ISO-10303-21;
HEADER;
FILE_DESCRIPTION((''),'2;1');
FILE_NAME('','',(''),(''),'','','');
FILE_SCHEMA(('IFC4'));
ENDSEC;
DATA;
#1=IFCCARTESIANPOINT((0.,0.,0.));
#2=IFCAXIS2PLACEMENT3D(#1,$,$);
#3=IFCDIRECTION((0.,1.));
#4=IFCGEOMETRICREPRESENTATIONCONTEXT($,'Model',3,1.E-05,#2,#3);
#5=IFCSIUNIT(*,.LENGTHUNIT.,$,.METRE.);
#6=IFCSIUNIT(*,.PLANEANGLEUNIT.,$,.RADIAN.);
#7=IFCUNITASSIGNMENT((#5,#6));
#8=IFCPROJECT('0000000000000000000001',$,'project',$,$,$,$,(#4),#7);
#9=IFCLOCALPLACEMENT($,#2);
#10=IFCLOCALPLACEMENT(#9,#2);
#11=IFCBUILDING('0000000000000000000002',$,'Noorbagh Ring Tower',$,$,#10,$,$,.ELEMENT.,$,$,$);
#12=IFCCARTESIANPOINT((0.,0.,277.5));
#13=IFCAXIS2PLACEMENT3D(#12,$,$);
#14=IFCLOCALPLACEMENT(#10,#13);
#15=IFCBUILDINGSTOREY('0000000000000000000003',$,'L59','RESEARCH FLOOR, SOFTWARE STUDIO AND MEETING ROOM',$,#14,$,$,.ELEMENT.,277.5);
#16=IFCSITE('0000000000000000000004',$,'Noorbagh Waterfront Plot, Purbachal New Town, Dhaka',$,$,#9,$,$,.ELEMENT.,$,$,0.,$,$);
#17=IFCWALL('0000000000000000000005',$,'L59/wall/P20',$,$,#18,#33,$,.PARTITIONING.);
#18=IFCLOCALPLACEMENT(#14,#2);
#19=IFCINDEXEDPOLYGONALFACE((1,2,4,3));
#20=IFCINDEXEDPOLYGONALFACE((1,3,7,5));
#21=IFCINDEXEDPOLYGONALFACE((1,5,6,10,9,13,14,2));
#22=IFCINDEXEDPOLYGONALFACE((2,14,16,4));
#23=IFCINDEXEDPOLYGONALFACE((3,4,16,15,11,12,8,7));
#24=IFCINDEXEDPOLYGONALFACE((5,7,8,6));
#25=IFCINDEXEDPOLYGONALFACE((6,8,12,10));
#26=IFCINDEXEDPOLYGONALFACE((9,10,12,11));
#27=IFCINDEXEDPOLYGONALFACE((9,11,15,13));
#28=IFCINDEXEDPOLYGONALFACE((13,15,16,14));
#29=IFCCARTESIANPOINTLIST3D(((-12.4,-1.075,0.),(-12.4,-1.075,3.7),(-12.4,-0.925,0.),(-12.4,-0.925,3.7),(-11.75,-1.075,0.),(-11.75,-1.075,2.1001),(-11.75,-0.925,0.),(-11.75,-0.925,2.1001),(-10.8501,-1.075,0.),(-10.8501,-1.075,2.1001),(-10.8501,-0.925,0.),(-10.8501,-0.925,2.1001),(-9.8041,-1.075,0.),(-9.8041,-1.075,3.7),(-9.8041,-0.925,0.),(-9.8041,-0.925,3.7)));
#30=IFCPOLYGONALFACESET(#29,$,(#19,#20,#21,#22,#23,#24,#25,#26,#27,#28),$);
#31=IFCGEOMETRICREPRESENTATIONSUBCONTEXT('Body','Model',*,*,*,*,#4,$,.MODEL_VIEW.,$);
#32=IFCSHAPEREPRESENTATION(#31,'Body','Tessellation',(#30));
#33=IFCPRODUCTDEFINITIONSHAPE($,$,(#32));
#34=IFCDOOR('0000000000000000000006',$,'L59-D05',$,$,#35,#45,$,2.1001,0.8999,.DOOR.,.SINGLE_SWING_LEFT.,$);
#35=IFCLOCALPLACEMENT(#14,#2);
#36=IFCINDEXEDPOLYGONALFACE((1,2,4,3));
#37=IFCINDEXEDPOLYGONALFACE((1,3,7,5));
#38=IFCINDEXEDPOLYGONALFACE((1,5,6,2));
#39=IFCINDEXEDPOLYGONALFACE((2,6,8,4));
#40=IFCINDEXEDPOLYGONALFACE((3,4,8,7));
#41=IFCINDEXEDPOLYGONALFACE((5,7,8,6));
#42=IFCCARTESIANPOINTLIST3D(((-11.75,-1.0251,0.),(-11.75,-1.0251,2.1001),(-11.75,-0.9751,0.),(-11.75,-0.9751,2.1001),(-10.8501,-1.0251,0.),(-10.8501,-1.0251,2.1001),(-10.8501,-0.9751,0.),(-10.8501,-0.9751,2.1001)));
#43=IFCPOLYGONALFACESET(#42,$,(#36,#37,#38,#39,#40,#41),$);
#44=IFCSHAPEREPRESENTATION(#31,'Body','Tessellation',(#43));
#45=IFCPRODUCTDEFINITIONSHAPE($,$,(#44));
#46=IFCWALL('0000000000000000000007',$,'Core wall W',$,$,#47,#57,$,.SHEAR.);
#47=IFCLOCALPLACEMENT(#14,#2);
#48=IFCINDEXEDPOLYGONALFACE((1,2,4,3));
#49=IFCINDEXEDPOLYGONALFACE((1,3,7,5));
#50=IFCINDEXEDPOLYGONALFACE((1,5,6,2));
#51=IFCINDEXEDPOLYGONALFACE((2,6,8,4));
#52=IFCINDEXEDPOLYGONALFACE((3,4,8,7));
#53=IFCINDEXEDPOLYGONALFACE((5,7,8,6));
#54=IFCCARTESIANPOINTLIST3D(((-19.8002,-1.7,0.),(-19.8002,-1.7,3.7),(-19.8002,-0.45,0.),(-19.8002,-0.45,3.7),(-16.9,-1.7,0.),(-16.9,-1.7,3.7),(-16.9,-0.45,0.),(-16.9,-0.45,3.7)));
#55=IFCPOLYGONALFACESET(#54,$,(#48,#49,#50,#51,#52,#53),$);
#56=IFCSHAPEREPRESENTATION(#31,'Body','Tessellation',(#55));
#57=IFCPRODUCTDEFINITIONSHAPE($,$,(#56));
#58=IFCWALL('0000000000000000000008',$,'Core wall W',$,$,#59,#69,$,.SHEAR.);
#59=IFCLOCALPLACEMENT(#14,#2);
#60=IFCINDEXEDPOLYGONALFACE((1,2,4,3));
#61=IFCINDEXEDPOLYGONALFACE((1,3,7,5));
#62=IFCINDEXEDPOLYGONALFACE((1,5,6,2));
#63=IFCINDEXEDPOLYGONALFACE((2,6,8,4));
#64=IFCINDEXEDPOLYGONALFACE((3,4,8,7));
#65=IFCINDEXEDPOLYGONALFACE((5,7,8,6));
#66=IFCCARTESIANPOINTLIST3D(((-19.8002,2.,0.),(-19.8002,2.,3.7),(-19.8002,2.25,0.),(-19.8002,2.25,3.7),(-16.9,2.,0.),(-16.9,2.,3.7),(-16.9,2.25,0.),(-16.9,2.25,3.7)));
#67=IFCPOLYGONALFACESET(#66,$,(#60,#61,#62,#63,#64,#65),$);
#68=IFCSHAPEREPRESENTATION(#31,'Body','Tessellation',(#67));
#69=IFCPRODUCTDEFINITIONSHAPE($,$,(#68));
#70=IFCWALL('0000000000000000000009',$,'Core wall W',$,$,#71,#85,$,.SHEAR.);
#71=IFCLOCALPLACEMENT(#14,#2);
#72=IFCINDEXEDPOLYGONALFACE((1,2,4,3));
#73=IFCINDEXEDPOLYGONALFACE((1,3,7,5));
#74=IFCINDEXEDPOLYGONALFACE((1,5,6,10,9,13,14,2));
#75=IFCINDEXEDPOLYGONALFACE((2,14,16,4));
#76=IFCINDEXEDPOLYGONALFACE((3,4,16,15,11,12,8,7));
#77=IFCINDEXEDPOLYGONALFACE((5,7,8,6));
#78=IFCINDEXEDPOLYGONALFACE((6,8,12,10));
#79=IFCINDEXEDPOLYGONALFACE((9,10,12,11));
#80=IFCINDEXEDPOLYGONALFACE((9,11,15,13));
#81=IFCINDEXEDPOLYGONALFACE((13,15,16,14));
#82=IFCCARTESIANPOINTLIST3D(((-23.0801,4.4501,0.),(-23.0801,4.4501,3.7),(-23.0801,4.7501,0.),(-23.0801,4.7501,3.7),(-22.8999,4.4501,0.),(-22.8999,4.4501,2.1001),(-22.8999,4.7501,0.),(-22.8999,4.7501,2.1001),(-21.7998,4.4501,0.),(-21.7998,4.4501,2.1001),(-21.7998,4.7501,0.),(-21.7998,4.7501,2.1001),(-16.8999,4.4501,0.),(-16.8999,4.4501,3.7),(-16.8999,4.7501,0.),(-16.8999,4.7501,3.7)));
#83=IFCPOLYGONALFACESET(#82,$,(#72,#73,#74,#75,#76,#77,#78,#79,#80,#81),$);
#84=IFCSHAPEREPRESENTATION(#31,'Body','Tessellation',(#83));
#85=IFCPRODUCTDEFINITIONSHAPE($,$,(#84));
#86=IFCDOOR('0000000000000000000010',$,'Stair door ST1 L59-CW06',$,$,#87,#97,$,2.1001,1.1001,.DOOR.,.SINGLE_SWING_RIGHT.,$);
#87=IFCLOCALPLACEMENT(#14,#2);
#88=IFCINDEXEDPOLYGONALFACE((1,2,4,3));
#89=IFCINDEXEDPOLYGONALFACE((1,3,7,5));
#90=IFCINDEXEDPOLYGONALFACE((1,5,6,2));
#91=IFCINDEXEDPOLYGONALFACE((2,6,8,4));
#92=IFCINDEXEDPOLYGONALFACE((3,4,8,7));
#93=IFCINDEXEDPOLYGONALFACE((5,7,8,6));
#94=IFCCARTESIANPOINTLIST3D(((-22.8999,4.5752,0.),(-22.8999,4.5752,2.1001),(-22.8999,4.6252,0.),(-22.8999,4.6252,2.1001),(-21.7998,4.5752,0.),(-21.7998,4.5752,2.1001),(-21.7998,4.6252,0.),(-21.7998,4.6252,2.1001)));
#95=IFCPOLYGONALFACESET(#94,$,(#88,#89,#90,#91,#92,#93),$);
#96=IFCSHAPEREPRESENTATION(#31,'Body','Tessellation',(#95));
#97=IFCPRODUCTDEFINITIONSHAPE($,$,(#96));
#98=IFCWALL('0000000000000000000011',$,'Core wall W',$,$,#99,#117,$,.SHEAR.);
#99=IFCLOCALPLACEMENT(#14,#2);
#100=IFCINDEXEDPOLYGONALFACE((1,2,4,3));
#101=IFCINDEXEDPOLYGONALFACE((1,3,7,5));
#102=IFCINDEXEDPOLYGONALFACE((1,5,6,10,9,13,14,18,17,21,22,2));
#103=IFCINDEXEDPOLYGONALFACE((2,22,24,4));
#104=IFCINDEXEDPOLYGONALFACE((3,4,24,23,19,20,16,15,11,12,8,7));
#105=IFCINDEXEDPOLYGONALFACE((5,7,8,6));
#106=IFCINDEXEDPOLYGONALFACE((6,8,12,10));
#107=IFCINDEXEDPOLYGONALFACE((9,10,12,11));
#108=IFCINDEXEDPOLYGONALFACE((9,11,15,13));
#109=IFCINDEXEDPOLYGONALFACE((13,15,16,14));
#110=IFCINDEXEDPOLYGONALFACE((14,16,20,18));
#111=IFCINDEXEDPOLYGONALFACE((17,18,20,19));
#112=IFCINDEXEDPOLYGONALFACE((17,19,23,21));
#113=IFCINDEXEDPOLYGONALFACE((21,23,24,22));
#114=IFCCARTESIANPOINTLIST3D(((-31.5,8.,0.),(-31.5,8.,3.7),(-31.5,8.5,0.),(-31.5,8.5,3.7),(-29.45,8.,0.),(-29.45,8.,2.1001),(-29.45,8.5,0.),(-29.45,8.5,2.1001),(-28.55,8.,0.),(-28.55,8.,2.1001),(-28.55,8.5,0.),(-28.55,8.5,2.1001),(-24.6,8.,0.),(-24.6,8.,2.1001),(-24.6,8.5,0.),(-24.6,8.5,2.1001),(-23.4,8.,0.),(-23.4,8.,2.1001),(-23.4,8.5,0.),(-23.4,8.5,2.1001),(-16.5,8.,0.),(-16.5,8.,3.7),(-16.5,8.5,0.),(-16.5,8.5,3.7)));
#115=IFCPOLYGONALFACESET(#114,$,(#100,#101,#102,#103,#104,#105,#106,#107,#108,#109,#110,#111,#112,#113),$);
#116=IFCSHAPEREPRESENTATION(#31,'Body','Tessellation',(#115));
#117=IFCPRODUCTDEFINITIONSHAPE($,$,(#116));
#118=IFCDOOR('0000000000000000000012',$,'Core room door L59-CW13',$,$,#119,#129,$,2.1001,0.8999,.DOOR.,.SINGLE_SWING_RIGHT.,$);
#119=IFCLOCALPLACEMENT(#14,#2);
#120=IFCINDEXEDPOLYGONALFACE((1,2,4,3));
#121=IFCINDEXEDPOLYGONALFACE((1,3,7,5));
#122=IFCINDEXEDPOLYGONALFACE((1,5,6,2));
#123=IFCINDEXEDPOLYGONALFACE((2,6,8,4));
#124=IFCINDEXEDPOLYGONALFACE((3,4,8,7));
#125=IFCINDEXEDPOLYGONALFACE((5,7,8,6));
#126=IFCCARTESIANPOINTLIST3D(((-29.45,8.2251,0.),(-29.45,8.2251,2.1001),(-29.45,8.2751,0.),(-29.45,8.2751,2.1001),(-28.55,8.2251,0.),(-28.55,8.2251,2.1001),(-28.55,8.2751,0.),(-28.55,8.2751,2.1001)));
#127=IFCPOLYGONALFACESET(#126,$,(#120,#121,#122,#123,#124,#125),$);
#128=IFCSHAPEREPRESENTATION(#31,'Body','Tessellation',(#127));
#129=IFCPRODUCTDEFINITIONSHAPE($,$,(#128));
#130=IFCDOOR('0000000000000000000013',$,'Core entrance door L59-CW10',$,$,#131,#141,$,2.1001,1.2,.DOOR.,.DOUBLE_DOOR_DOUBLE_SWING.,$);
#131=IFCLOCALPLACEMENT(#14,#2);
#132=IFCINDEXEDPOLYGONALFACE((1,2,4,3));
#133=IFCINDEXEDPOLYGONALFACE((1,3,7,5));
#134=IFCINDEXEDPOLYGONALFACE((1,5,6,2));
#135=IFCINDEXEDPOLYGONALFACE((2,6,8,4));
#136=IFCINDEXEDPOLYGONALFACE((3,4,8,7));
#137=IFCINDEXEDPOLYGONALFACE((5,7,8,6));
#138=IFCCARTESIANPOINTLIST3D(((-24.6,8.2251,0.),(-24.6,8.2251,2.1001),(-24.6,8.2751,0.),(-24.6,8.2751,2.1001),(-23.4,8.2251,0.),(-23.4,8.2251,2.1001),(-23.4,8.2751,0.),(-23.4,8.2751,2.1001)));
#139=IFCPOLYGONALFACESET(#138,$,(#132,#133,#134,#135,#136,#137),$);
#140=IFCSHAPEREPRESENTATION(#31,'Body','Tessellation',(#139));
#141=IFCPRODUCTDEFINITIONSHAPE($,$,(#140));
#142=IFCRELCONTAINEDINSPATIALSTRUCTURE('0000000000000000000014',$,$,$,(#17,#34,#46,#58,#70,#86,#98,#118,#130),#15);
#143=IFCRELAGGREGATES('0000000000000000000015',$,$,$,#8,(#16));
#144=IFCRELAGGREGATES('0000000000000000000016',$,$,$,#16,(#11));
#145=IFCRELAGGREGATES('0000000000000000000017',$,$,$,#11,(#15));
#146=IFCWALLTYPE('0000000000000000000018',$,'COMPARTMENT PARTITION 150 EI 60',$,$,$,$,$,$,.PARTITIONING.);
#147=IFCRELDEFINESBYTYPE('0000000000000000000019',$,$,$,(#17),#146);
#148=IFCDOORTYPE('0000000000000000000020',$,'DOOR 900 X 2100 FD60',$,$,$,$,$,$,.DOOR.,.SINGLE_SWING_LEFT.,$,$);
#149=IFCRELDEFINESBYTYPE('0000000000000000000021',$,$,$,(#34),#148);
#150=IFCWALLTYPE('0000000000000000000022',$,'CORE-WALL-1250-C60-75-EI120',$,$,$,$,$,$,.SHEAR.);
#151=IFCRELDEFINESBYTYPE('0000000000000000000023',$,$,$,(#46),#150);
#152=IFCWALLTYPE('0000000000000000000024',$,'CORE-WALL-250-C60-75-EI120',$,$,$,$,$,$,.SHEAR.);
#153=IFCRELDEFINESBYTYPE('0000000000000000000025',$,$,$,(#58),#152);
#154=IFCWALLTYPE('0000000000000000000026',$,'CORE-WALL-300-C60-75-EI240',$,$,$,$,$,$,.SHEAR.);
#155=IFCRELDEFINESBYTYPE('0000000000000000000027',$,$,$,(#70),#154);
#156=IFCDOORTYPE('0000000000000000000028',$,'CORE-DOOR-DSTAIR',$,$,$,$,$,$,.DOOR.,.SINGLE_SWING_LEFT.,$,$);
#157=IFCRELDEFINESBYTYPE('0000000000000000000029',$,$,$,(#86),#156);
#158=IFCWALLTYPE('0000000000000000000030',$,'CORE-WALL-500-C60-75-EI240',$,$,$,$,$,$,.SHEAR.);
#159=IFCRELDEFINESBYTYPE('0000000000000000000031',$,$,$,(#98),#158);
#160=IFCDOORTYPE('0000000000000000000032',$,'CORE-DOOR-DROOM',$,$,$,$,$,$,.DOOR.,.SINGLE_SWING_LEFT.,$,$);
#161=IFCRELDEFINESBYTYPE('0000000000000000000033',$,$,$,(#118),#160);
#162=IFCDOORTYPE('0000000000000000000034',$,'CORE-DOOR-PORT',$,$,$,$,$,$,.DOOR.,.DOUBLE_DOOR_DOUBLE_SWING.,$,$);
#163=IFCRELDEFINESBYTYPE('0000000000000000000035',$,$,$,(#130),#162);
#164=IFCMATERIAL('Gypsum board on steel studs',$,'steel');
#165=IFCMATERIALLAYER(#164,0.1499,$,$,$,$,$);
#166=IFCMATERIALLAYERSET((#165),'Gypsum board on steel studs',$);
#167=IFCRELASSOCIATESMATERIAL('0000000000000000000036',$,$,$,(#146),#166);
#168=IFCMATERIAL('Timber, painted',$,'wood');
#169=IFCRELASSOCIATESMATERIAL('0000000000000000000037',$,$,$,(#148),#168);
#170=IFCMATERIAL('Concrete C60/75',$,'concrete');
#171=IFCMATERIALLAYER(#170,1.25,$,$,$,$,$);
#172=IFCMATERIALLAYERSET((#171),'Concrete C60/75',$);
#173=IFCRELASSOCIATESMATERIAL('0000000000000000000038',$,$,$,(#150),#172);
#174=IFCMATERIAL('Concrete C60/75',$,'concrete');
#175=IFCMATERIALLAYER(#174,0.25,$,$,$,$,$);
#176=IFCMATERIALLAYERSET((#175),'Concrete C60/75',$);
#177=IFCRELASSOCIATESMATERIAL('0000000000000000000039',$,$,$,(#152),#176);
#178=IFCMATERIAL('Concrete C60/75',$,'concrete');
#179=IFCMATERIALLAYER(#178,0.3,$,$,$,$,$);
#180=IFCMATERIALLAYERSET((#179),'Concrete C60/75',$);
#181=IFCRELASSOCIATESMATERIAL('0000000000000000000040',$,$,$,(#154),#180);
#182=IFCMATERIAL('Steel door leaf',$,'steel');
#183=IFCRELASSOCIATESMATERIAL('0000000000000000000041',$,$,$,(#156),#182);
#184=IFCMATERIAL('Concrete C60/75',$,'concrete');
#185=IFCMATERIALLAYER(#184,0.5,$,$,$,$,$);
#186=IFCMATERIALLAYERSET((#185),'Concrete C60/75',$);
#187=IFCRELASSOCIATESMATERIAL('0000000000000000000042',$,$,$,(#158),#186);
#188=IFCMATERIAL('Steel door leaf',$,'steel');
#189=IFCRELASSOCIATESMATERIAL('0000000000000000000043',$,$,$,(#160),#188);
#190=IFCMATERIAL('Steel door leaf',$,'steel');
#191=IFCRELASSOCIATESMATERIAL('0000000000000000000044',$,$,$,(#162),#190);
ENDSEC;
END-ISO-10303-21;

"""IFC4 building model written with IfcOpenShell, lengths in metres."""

from ifc_helpers import new_model, si_unit, direction, frame, frame_2d, origin, place, context, subcontext, project, spatial, rectangle, extrude, material, layer, layer_set, type_object, element, fill, save


model = new_model("IFC4")

# Units and contexts
model_context = context("Model", 3, precision=1e-05, world=origin(), true_north=direction((0.0, 1.0)))
body_context = subcontext(model_context, "Body", "Model", "MODEL_VIEW")
ifc_project = project(units=[si_unit("LENGTHUNIT", "METRE"), si_unit("PLANEANGLEUNIT", "RADIAN")], contexts=[model_context])

# Site, building, storey
site_placement = place(None, origin())
site = spatial("IfcSite", under=ifc_project, at=site_placement, Name="Noorbagh Waterfront Plot, Purbachal New Town, Dhaka", CompositionType="ELEMENT", RefElevation=0.0)
building_placement = place(site_placement, origin())
building = spatial("IfcBuilding", under=site, at=building_placement, Name="Noorbagh Ring Tower", CompositionType="ELEMENT")
storey_placement = place(building_placement, frame((0.0, 0.0, 277.5)))
storey = spatial("IfcBuildingStorey", under=building, at=storey_placement, Name="L59", Description="RESEARCH FLOOR, SOFTWARE STUDIO AND MEETING ROOM", CompositionType="ELEMENT", Elevation=277.5)

# Wall, opening, door
ifc_material_1 = material(Name="Gypsum board on steel studs", Category="steel")
ifc_layer_1 = layer(ifc_material_1, 0.1499)
ifc_layer_set_1 = layer_set([ifc_layer_1], Name="Gypsum board on steel studs")
wall_type_1 = type_object("IfcWallType", Name="COMPARTMENT PARTITION 150 EI 60", PredefinedType="PARTITIONING", material=ifc_layer_set_1)
wall_1_placement = place(storey_placement, frame((-12.3999, -1.0, 0.0), z_axis=(0.0, 0.0, 1.0), x_axis=(1.0, 0.0, 0.0)))
wall_1 = element("IfcWall", 1, at=wall_1_placement, inside=storey, type_object=wall_type_1, Name="L59/wall/P20", PredefinedType="PARTITIONING", context=body_context, shape_type="SweptSolid", body=[
    extrude(rectangle(XDim=2.5959, YDim=0.1499, at=frame_2d((1.2979, 0.0))), origin(), (0.0, 0.0, 1.0), 3.7),
])
opening_1_placement = place(wall_1_placement, frame((0.6499, 0.0, 0.0)))
opening_1 = element("IfcOpeningElement", 2, at=opening_1_placement, cuts=wall_1, PredefinedType="OPENING", context=body_context, shape_type="SweptSolid", body=[
    extrude(rectangle(XDim=0.8999, YDim=2.1001, at=frame_2d((0.45, 1.05))), frame((0.0, 0.085, 0.0), z_axis=(0.0, -1.0, 0.0), x_axis=(1.0, 0.0, 0.0)), (0.0, 0.0, 1.0), 0.1699),
])
ifc_material_2 = material(Name="Timber, painted", Category="wood")
door_type_1 = type_object("IfcDoorType", Name="DOOR 900 X 2100 FD60", OperationType="SINGLE_SWING_LEFT", PredefinedType="DOOR", material=ifc_material_2)
door_1_placement = place(opening_1_placement, origin())
door_1 = element("IfcDoor", 3, at=door_1_placement, inside=storey, type_object=door_type_1, Name="L59-D05", OperationType="SINGLE_SWING_LEFT", OverallHeight=2.1001, OverallWidth=0.8999, PredefinedType="DOOR", context=body_context, shape_type="SweptSolid", body=[
    extrude(rectangle(XDim=0.8999, YDim=2.1001, at=frame_2d((0.45, 1.05))), frame((0.0, 0.0249, 0.0), z_axis=(0.0, -1.0, 0.0), x_axis=(1.0, 0.0, 0.0)), (0.0, 0.0, 1.0), 0.05),
])
fill(opening_1, door_1)

# Walls
ifc_material_3 = material(Name="Concrete C60/75", Category="concrete")
ifc_layer_2 = layer(ifc_material_3, 1.25)
ifc_layer_set_2 = layer_set([ifc_layer_2], Name="Concrete C60/75")
wall_type_2 = type_object("IfcWallType", Name="CORE-WALL-1250-C60-75-EI120", PredefinedType="SHEAR", material=ifc_layer_set_2)
wall_2_placement = place(storey_placement, frame((-16.8999, -1.075, 0.0), z_axis=(0.0, 0.0, 1.0), x_axis=(-1.0, 0.0, 0.0)))
element("IfcWall", 4, at=wall_2_placement, inside=storey, type_object=wall_type_2, Name="Core wall W", PredefinedType="SHEAR", context=body_context, shape_type="SweptSolid", body=[
    extrude(rectangle(XDim=2.9001, YDim=1.25, at=frame_2d((1.4502, 0.0))), origin(), (0.0, 0.0, 1.0), 3.7),
])
ifc_material_4 = material(Name="Concrete C60/75", Category="concrete")
ifc_layer_3 = layer(ifc_material_4, 0.25)
ifc_layer_set_3 = layer_set([ifc_layer_3], Name="Concrete C60/75")
wall_type_3 = type_object("IfcWallType", Name="CORE-WALL-250-C60-75-EI120", PredefinedType="SHEAR", material=ifc_layer_set_3)
wall_3_placement = place(storey_placement, frame((-16.8999, 2.125, 0.0), z_axis=(0.0, 0.0, 1.0), x_axis=(-1.0, 0.0, 0.0)))
element("IfcWall", 5, at=wall_3_placement, inside=storey, type_object=wall_type_3, Name="Core wall W", PredefinedType="SHEAR", context=body_context, shape_type="SweptSolid", body=[
    extrude(rectangle(XDim=2.9001, YDim=0.25, at=frame_2d((1.4502, 0.0))), origin(), (0.0, 0.0, 1.0), 3.7),
])

# Wall, opening, door
ifc_material_5 = material(Name="Concrete C60/75", Category="concrete")
ifc_layer_4 = layer(ifc_material_5, 0.3)
ifc_layer_set_4 = layer_set([ifc_layer_4], Name="Concrete C60/75")
wall_type_4 = type_object("IfcWallType", Name="CORE-WALL-300-C60-75-EI240", PredefinedType="SHEAR", material=ifc_layer_set_4)
wall_4_placement = place(storey_placement, frame((-16.8999, 4.6001, 0.0), z_axis=(0.0, 0.0, 1.0), x_axis=(-1.0, 0.0, 0.0)))
wall_4 = element("IfcWall", 6, at=wall_4_placement, inside=storey, type_object=wall_type_4, Name="Core wall W", PredefinedType="SHEAR", context=body_context, shape_type="SweptSolid", body=[
    extrude(rectangle(XDim=6.1802, YDim=0.3, at=frame_2d((3.0901, 0.0))), origin(), (0.0, 0.0, 1.0), 3.7),
])
opening_2_placement = place(wall_4_placement, frame((4.8999, 0.0, 0.0)))
opening_2 = element("IfcOpeningElement", 7, at=opening_2_placement, cuts=wall_4, PredefinedType="OPENING", context=body_context, shape_type="SweptSolid", body=[
    extrude(rectangle(XDim=1.1001, YDim=2.1001, at=frame_2d((0.55, 1.05))), frame((0.0, 0.1602, 0.0), z_axis=(0.0, -1.0, 0.0), x_axis=(1.0, 0.0, 0.0)), (0.0, 0.0, 1.0), 0.3201),
])
ifc_material_6 = material(Name="Steel door leaf", Category="steel")
door_type_2 = type_object("IfcDoorType", Name="CORE-DOOR-DSTAIR", OperationType="SINGLE_SWING_LEFT", PredefinedType="DOOR", material=ifc_material_6)
door_2_placement = place(opening_2_placement, origin())
door_2 = element("IfcDoor", 8, at=door_2_placement, inside=storey, type_object=door_type_2, Name="Stair door ST1 L59-CW06", OperationType="SINGLE_SWING_RIGHT", OverallHeight=2.1001, OverallWidth=1.1001, PredefinedType="DOOR", context=body_context, shape_type="SweptSolid", body=[
    extrude(rectangle(XDim=1.1001, YDim=2.1001, at=frame_2d((0.55, 1.05))), frame((0.0, 0.0249, 0.0), z_axis=(0.0, -1.0, 0.0), x_axis=(1.0, 0.0, 0.0)), (0.0, 0.0, 1.0), 0.05),
])
fill(opening_2, door_2)

# Wall, openings, doors
ifc_material_7 = material(Name="Concrete C60/75", Category="concrete")
ifc_layer_5 = layer(ifc_material_7, 0.5)
ifc_layer_set_5 = layer_set([ifc_layer_5], Name="Concrete C60/75")
wall_type_5 = type_object("IfcWallType", Name="CORE-WALL-500-C60-75-EI240", PredefinedType="SHEAR", material=ifc_layer_set_5)
wall_5_placement = place(storey_placement, frame((-16.5, 8.25, 0.0), z_axis=(0.0, 0.0, 1.0), x_axis=(-1.0, 0.0, 0.0)))
wall_5 = element("IfcWall", 9, at=wall_5_placement, inside=storey, type_object=wall_type_5, Name="Core wall W", PredefinedType="SHEAR", context=body_context, shape_type="SweptSolid", body=[
    extrude(rectangle(XDim=15.0, YDim=0.5, at=frame_2d((7.5, 0.0))), origin(), (0.0, 0.0, 1.0), 3.7),
])
opening_3_placement = place(wall_5_placement, frame((6.8999, 0.0, 0.0)))
opening_3 = element("IfcOpeningElement", 10, at=opening_3_placement, cuts=wall_5, PredefinedType="OPENING", context=body_context, shape_type="SweptSolid", body=[
    extrude(rectangle(XDim=1.2, YDim=2.1001, at=frame_2d((0.6001, 1.05))), frame((0.0, 0.26, 0.0), z_axis=(0.0, -1.0, 0.0), x_axis=(1.0, 0.0, 0.0)), (0.0, 0.0, 1.0), 0.52),
])
opening_4_placement = place(wall_5_placement, frame((12.05, 0.0, 0.0)))
opening_4 = element("IfcOpeningElement", 11, at=opening_4_placement, cuts=wall_5, PredefinedType="OPENING", context=body_context, shape_type="SweptSolid", body=[
    extrude(rectangle(XDim=0.8999, YDim=2.1001, at=frame_2d((0.45, 1.05))), frame((0.0, 0.26, 0.0), z_axis=(0.0, -1.0, 0.0), x_axis=(1.0, 0.0, 0.0)), (0.0, 0.0, 1.0), 0.52),
])
ifc_material_8 = material(Name="Steel door leaf", Category="steel")
door_type_3 = type_object("IfcDoorType", Name="CORE-DOOR-DROOM", OperationType="SINGLE_SWING_LEFT", PredefinedType="DOOR", material=ifc_material_8)
door_3_placement = place(opening_4_placement, origin())
door_3 = element("IfcDoor", 12, at=door_3_placement, inside=storey, type_object=door_type_3, Name="Core room door L59-CW13", OperationType="SINGLE_SWING_RIGHT", OverallHeight=2.1001, OverallWidth=0.8999, PredefinedType="DOOR", context=body_context, shape_type="SweptSolid", body=[
    extrude(rectangle(XDim=0.8999, YDim=2.1001, at=frame_2d((0.45, 1.05))), frame((0.0, 0.0249, 0.0), z_axis=(0.0, -1.0, 0.0), x_axis=(1.0, 0.0, 0.0)), (0.0, 0.0, 1.0), 0.05),
])
fill(opening_4, door_3)
ifc_material_9 = material(Name="Steel door leaf", Category="steel")
door_type_4 = type_object("IfcDoorType", Name="CORE-DOOR-PORT", OperationType="DOUBLE_DOOR_DOUBLE_SWING", PredefinedType="DOOR", material=ifc_material_9)
door_4_placement = place(opening_3_placement, origin())
door_4 = element("IfcDoor", 13, at=door_4_placement, inside=storey, type_object=door_type_4, Name="Core entrance door L59-CW10", OperationType="DOUBLE_DOOR_DOUBLE_SWING", OverallHeight=2.1001, OverallWidth=1.2, PredefinedType="DOOR", context=body_context, shape_type="SweptSolid", body=[
    extrude(rectangle(XDim=1.2, YDim=2.1001, at=frame_2d((0.6001, 1.05))), frame((0.0, 0.0249, 0.0), z_axis=(0.0, -1.0, 0.0), x_axis=(1.0, 0.0, 0.0)), (0.0, 0.0, 1.0), 0.05),
])
fill(opening_3, door_4)

save(model, "model.ifc")
